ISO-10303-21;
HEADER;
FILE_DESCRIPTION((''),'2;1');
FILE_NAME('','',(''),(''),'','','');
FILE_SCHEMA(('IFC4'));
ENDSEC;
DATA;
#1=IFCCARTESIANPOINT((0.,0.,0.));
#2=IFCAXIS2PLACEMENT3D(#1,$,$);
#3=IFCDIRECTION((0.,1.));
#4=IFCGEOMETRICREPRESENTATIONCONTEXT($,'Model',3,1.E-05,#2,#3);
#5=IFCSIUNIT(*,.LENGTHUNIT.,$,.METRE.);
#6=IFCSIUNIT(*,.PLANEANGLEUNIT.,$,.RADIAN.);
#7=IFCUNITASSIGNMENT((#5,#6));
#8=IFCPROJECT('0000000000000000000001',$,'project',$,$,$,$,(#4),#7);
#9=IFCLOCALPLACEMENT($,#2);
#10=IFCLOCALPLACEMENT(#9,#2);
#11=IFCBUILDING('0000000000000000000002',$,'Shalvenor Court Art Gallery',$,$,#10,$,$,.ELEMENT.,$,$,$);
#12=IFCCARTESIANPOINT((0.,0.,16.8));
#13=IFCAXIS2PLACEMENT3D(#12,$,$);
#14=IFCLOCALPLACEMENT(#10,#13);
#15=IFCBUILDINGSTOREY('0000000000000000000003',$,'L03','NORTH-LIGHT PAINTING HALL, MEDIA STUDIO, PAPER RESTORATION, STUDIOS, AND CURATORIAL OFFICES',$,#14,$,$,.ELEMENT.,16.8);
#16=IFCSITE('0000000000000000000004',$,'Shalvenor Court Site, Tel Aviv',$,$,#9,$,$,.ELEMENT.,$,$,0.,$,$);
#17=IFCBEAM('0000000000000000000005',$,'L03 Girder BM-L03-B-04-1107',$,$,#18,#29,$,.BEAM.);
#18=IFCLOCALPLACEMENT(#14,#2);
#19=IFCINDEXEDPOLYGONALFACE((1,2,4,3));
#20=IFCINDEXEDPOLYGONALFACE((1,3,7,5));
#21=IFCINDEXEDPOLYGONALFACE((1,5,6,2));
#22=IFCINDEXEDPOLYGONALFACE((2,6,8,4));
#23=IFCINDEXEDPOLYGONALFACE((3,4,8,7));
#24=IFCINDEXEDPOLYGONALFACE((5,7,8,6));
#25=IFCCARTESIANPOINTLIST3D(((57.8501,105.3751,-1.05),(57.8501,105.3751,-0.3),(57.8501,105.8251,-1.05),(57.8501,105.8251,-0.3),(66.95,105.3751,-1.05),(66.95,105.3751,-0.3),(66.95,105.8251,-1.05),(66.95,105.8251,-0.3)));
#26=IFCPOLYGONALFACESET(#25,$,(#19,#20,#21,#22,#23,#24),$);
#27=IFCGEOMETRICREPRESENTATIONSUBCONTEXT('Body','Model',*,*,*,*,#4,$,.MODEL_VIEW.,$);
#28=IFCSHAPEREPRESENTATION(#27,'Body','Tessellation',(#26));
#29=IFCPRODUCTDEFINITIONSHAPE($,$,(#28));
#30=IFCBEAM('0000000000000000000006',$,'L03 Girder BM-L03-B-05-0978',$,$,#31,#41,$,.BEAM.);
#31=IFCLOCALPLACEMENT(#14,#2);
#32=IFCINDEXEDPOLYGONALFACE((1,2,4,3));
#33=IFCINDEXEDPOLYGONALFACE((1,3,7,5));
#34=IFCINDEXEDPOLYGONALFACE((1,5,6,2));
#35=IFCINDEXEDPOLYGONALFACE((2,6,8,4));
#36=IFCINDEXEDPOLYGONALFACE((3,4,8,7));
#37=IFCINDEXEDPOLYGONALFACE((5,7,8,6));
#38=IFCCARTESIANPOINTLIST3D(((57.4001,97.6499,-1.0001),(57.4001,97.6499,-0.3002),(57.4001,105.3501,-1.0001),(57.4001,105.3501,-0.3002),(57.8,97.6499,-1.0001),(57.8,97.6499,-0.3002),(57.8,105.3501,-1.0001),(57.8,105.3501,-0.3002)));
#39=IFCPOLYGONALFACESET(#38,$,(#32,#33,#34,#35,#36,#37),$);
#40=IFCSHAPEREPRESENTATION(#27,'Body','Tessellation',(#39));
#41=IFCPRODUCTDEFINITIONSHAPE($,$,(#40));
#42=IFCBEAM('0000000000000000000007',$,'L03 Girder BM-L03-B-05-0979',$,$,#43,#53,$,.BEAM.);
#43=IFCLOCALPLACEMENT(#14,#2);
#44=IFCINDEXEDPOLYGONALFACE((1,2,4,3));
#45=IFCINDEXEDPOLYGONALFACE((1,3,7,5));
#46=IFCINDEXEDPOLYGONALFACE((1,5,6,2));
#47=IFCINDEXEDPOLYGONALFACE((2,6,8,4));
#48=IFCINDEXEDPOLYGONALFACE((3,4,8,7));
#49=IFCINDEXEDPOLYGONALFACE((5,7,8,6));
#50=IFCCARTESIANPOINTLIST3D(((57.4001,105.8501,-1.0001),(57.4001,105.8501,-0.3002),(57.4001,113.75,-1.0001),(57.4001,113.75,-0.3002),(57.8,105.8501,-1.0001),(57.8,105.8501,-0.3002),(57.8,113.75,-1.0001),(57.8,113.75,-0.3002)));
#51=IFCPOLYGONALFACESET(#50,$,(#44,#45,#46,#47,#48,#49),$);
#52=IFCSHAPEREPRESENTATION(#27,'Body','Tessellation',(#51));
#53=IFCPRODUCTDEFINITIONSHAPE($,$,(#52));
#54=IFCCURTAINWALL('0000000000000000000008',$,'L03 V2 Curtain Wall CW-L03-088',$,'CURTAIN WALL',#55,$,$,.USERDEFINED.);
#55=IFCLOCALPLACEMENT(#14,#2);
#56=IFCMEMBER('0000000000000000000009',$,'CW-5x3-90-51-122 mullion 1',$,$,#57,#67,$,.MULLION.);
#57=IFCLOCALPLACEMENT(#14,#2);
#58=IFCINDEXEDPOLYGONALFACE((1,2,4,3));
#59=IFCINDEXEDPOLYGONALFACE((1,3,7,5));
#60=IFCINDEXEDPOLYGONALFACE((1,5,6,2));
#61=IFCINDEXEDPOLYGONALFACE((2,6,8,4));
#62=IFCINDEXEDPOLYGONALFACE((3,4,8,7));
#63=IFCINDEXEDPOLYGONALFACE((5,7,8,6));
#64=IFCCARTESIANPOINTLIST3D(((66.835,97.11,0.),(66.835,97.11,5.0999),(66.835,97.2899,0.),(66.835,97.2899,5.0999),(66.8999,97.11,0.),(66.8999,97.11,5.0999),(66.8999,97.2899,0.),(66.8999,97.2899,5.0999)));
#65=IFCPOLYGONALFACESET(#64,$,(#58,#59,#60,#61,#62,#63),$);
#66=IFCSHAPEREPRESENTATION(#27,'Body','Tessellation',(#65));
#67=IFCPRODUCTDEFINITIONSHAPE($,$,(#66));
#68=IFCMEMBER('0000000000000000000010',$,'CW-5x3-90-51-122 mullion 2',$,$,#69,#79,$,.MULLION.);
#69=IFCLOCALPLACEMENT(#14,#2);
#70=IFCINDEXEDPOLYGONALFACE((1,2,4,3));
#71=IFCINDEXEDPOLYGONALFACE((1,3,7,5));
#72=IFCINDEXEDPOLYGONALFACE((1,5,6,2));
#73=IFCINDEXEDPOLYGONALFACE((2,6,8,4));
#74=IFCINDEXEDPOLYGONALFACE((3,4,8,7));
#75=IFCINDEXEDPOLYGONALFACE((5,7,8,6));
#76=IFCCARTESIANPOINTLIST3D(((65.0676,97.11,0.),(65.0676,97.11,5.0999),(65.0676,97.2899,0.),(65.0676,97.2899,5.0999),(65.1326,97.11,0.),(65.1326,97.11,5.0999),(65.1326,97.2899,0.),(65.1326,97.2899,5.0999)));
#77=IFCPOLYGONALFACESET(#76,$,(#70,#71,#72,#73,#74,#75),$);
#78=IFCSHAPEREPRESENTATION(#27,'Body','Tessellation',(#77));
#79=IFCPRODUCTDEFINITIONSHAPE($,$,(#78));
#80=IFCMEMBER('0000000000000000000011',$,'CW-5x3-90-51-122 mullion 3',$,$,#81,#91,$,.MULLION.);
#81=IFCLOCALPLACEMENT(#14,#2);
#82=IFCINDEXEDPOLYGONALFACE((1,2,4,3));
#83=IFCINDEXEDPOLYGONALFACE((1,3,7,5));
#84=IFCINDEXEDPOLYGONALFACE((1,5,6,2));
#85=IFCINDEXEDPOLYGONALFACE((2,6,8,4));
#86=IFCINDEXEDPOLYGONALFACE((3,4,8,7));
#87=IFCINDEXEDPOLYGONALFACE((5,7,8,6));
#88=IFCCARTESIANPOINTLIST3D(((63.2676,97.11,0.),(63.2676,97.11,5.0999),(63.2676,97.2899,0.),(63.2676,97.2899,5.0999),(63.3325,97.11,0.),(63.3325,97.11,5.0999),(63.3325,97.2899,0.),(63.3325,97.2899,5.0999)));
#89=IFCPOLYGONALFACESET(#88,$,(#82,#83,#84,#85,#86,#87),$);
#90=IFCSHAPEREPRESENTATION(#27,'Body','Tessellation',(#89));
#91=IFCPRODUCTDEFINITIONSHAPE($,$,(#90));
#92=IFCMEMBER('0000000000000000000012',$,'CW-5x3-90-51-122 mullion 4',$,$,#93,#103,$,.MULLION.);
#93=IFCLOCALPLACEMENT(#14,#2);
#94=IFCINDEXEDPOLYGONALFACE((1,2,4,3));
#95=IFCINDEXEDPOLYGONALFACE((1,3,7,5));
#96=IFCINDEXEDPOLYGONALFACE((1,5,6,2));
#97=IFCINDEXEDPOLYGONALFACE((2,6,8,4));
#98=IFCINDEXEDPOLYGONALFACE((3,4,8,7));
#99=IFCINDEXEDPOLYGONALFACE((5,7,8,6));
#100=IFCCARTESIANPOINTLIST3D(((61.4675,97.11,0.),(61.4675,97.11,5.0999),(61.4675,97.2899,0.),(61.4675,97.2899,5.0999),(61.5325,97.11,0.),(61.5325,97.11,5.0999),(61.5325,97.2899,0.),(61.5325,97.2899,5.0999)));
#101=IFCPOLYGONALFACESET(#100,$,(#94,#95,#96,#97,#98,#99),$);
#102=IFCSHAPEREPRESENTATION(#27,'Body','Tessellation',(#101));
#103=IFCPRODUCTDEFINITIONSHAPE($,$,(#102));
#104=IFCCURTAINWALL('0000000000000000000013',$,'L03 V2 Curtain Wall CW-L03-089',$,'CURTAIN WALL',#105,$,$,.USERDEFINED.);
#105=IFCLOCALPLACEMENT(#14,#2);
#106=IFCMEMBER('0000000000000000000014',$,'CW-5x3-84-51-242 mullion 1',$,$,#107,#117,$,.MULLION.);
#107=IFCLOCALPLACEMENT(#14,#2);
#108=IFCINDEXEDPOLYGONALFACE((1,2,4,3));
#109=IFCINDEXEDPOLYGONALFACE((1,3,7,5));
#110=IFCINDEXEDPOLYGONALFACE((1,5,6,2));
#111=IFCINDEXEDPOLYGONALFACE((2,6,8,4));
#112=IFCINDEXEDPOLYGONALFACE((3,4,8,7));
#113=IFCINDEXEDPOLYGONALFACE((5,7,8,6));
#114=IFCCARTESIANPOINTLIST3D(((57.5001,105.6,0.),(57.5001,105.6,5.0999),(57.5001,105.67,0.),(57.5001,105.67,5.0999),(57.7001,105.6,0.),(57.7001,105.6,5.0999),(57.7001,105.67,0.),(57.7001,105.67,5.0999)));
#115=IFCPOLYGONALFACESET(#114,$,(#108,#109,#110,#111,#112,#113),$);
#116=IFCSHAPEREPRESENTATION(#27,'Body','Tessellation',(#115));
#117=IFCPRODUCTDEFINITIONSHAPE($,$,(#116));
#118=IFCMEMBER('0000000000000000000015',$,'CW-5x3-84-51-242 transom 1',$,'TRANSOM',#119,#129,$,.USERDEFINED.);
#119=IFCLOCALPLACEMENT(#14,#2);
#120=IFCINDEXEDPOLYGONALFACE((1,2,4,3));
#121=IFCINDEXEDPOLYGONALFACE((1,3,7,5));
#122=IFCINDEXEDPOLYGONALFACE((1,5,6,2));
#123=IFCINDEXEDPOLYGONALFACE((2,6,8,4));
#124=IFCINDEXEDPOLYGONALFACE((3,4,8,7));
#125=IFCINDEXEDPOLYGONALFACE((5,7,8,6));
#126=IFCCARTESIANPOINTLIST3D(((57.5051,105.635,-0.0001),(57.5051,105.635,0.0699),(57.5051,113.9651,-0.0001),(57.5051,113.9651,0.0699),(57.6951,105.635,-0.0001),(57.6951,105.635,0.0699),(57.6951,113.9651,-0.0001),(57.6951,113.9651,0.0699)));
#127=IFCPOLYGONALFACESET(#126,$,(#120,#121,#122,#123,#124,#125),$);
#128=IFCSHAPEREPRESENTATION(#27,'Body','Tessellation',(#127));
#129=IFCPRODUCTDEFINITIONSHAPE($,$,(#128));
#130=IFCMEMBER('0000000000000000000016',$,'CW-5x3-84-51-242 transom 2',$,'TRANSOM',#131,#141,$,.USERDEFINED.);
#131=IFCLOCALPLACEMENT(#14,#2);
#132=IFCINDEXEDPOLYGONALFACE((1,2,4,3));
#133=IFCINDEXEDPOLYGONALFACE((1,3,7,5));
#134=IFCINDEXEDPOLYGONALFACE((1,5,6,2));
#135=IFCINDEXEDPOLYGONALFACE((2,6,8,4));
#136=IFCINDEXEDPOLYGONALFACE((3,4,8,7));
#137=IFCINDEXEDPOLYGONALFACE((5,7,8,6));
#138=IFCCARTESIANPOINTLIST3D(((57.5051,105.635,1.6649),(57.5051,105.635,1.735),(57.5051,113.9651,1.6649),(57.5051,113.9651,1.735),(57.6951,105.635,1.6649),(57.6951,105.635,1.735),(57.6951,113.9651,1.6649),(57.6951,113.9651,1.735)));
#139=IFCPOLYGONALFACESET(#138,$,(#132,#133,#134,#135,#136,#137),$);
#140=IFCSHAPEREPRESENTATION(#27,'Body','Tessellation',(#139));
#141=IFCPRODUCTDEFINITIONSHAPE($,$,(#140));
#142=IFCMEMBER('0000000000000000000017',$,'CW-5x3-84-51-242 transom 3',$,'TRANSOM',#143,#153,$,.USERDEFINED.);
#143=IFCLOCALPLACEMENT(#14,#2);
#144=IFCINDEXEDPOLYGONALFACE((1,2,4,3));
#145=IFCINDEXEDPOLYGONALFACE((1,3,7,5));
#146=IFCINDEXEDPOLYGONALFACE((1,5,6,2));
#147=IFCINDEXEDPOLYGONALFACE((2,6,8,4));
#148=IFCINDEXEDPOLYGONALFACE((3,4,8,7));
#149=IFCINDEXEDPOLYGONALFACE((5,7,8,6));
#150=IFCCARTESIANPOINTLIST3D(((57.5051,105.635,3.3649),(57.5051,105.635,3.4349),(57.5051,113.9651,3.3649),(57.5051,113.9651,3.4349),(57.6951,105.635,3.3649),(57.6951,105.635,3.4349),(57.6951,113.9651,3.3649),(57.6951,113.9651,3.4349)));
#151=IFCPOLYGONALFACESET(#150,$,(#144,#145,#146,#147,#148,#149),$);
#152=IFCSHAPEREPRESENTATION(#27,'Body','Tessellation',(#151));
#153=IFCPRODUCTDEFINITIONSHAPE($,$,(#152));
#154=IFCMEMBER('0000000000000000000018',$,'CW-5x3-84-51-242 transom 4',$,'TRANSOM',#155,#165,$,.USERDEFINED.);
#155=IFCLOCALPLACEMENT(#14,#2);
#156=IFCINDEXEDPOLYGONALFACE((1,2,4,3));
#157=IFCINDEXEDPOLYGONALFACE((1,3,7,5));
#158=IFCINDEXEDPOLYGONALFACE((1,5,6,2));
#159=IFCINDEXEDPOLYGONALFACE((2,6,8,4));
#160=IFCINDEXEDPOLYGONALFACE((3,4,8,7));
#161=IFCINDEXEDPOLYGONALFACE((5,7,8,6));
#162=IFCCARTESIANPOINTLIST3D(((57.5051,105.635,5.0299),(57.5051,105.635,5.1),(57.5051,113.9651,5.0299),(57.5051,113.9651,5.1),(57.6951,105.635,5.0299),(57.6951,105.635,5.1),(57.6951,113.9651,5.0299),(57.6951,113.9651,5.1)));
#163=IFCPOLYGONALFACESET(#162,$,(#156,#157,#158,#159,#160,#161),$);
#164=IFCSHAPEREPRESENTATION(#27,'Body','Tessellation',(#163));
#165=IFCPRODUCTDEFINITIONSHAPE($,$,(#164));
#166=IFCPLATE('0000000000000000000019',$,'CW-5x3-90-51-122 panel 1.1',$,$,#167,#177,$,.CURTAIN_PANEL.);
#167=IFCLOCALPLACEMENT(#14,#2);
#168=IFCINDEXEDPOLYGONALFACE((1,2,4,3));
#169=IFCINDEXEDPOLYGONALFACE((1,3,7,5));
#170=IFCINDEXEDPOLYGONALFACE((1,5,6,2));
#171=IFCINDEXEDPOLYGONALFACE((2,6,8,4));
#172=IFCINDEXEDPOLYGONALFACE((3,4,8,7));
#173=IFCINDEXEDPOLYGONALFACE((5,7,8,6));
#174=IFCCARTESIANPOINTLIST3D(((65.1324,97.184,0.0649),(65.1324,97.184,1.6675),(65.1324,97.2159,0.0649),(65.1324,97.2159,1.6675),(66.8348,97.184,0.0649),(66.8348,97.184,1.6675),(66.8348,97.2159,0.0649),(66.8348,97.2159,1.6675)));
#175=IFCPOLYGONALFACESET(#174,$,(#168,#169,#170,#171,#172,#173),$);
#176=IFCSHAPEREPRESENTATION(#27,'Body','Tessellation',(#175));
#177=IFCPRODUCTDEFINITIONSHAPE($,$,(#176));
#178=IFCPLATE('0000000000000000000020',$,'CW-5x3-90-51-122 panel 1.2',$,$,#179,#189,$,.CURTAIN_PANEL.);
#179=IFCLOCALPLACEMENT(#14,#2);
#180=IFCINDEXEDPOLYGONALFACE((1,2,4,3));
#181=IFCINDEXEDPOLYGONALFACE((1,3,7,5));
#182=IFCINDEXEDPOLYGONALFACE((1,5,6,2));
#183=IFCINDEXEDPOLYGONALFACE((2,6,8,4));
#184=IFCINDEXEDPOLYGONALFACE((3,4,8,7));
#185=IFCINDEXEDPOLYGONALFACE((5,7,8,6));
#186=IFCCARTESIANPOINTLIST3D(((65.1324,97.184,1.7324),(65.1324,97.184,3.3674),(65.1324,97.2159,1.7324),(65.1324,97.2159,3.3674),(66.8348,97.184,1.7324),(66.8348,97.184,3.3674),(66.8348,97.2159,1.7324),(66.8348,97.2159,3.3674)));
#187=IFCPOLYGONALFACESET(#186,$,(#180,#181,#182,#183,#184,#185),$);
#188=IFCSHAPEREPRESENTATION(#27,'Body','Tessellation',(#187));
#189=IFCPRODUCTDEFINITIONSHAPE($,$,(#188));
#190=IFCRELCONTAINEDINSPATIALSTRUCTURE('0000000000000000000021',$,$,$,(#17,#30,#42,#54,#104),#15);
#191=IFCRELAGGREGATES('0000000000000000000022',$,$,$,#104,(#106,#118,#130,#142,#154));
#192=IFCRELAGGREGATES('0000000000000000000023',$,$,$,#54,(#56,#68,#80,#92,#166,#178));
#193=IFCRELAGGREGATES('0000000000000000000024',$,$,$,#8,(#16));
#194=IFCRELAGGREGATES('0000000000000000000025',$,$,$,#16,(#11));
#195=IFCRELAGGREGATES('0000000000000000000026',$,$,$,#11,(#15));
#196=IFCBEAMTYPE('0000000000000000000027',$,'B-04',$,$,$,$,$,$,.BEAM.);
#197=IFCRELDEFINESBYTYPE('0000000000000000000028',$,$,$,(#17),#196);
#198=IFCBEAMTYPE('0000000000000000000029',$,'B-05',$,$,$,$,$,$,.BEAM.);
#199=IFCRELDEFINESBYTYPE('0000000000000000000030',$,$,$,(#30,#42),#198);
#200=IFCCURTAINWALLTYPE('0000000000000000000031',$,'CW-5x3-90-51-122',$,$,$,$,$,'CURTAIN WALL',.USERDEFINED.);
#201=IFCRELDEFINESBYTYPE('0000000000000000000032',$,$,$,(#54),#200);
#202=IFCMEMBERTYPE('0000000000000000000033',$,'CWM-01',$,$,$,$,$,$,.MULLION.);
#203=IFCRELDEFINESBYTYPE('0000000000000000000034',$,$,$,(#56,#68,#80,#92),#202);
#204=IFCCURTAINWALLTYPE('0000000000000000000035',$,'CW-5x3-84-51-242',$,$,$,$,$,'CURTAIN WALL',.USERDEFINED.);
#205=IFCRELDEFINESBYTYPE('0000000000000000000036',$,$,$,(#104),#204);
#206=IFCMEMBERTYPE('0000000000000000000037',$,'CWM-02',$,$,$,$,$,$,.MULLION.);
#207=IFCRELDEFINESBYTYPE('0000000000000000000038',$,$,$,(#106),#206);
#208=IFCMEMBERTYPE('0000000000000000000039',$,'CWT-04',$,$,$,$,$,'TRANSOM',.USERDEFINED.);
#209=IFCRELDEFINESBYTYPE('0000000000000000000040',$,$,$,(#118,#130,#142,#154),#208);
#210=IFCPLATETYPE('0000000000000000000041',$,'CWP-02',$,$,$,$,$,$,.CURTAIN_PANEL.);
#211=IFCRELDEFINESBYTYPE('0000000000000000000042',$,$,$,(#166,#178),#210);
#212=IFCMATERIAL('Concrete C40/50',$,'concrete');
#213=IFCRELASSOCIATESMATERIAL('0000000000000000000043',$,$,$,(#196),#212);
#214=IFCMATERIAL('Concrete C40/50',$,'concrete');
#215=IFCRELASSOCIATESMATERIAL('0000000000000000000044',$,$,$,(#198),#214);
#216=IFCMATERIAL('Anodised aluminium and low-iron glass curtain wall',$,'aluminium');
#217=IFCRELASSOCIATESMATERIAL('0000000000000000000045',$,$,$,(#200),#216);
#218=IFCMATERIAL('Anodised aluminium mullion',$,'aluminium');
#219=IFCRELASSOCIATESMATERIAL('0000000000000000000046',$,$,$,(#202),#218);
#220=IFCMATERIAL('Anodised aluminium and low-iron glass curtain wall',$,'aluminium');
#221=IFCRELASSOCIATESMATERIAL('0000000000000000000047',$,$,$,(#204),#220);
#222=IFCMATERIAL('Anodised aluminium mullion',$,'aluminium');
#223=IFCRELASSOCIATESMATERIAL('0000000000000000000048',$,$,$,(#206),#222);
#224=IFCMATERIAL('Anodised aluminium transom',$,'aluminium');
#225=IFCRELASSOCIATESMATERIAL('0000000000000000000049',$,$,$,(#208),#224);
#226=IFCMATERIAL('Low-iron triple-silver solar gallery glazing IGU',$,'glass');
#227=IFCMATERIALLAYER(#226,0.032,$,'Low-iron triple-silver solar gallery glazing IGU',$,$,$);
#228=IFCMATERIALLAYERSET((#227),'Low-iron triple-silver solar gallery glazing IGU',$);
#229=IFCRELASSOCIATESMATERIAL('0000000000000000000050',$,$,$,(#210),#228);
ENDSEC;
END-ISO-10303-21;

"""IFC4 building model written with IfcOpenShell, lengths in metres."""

from ifc_helpers import new_model, si_unit, direction, frame, origin, origin_2d, place, context, subcontext, project, spatial, rectangle, extrude, material, layer, layer_set, material_profile, profile_set, type_object, element, aggregate, save


model = new_model("IFC4")

# Units and contexts
model_context = context("Model", 3, precision=1e-05, world=origin(), true_north=direction((0.0, 1.0)))
body_context = subcontext(model_context, "Body", "Model", "MODEL_VIEW")
ifc_project = project(units=[si_unit("LENGTHUNIT", "METRE"), si_unit("PLANEANGLEUNIT", "RADIAN")], contexts=[model_context])

# Site, building, storey
site_placement = place(None, origin())
site = spatial("IfcSite", under=ifc_project, at=site_placement, Name="Shalvenor Court Site, Tel Aviv", CompositionType="ELEMENT", RefElevation=0.0)
building_placement = place(site_placement, origin())
building = spatial("IfcBuilding", under=site, at=building_placement, Name="Shalvenor Court Art Gallery", CompositionType="ELEMENT")
storey_placement = place(building_placement, frame((0.0, 0.0, 16.8)))
storey = spatial("IfcBuildingStorey", under=building, at=storey_placement, Name="L03", Description="NORTH-LIGHT PAINTING HALL, MEDIA STUDIO, PAPER RESTORATION, STUDIOS, AND CURATORIAL OFFICES", CompositionType="ELEMENT", Elevation=16.8)

# Beams
ifc_material_1 = material(Name="Concrete C40/50", Category="concrete")
ifc_material_profile_1 = material_profile(ifc_material_1, rectangle(XDim=0.45, YDim=0.75, at=origin_2d()), Name="RC 450x750")
ifc_profile_set_1 = profile_set([ifc_material_profile_1], Name="Concrete C40/50")
beam_type_1 = type_object("IfcBeamType", Name="B-04", PredefinedType="BEAM", material=ifc_profile_set_1)
beam_1_placement = place(storey_placement, frame((57.8501, 105.6001, -0.675), z_axis=(1.0, 0.0, 0.0), x_axis=(0.0, 1.0, 0.0)))
element("IfcBeam", 1, at=beam_1_placement, inside=storey, type_object=beam_type_1, Name="L03 Girder BM-L03-B-04-1107", PredefinedType="BEAM", context=body_context, shape_type="SweptSolid", body=[
    extrude(rectangle(XDim=0.45, YDim=0.75, at=origin_2d()), origin(), (0.0, 0.0, 1.0), 9.0999),
])
ifc_material_2 = material(Name="Concrete C40/50", Category="concrete")
ifc_material_profile_2 = material_profile(ifc_material_2, rectangle(XDim=0.3999, YDim=0.7, at=origin_2d()), Name="RC 400x700")
ifc_profile_set_2 = profile_set([ifc_material_profile_2], Name="Concrete C40/50")
beam_type_2 = type_object("IfcBeamType", Name="B-05", PredefinedType="BEAM", material=ifc_profile_set_2)
beam_2_placement = place(storey_placement, frame((57.6001, 97.6499, -0.6501), z_axis=(0.0, 1.0, 0.0), x_axis=(-1.0, 0.0, 0.0)))
element("IfcBeam", 2, at=beam_2_placement, inside=storey, type_object=beam_type_2, Name="L03 Girder BM-L03-B-05-0978", PredefinedType="BEAM", context=body_context, shape_type="SweptSolid", body=[
    extrude(rectangle(XDim=0.3999, YDim=0.7, at=origin_2d()), origin(), (0.0, 0.0, 1.0), 7.7002),
])
beam_3_placement = place(storey_placement, frame((57.6001, 105.8501, -0.6501), z_axis=(0.0, 1.0, 0.0), x_axis=(-1.0, 0.0, 0.0)))
element("IfcBeam", 3, at=beam_3_placement, inside=storey, type_object=beam_type_2, Name="L03 Girder BM-L03-B-05-0979", PredefinedType="BEAM", context=body_context, shape_type="SweptSolid", body=[
    extrude(rectangle(XDim=0.3999, YDim=0.7, at=origin_2d()), origin(), (0.0, 0.0, 1.0), 7.8999),
])

# Curtain walls, members
ifc_material_3 = material(Name="Anodised aluminium and low-iron glass curtain wall", Category="aluminium")
curtain_wall_type_1 = type_object("IfcCurtainWallType", Name="CW-5x3-90-51-122", ElementType="CURTAIN WALL", PredefinedType="USERDEFINED", material=ifc_material_3)
curtain_wall_1_placement = place(storey_placement, origin())
curtain_wall_1 = element("IfcCurtainWall", 4, at=curtain_wall_1_placement, inside=storey, type_object=curtain_wall_type_1, Name="L03 V2 Curtain Wall CW-L03-088", ObjectType="CURTAIN WALL", PredefinedType="USERDEFINED")
ifc_material_4 = material(Name="Anodised aluminium mullion", Category="aluminium")
ifc_material_profile_3 = material_profile(ifc_material_4, rectangle(XDim=0.0649, YDim=0.1799, at=origin_2d()), Name="CWM-01")
ifc_profile_set_3 = profile_set([ifc_material_profile_3], Name="Anodised aluminium mullion")
member_type_1 = type_object("IfcMemberType", Name="CWM-01", PredefinedType="MULLION", material=ifc_profile_set_3)
member_1_placement = place(storey_placement, frame((66.8674, 97.2, 0.0), z_axis=(0.0, 0.0, 1.0), x_axis=(-1.0, 0.0, 0.0)))
member_1 = element("IfcMember", 5, at=member_1_placement, type_object=member_type_1, Name="CW-5x3-90-51-122 mullion 1", PredefinedType="MULLION", context=body_context, shape_type="SweptSolid", body=[
    extrude(rectangle(XDim=0.0649, YDim=0.1799, at=origin_2d()), origin(), (0.0, 0.0, 1.0), 5.0999),
])
member_2_placement = place(storey_placement, frame((65.1001, 97.2, 0.0), z_axis=(0.0, 0.0, 1.0), x_axis=(-1.0, 0.0, 0.0)))
member_2 = element("IfcMember", 6, at=member_2_placement, type_object=member_type_1, Name="CW-5x3-90-51-122 mullion 2", PredefinedType="MULLION", context=body_context, shape_type="SweptSolid", body=[
    extrude(rectangle(XDim=0.0649, YDim=0.1799, at=origin_2d()), origin(), (0.0, 0.0, 1.0), 5.0999),
])
member_3_placement = place(storey_placement, frame((63.3, 97.2, 0.0), z_axis=(0.0, 0.0, 1.0), x_axis=(-1.0, 0.0, 0.0)))
member_3 = element("IfcMember", 7, at=member_3_placement, type_object=member_type_1, Name="CW-5x3-90-51-122 mullion 3", PredefinedType="MULLION", context=body_context, shape_type="SweptSolid", body=[
    extrude(rectangle(XDim=0.0649, YDim=0.1799, at=origin_2d()), origin(), (0.0, 0.0, 1.0), 5.0999),
])
member_4_placement = place(storey_placement, frame((61.5, 97.2, 0.0), z_axis=(0.0, 0.0, 1.0), x_axis=(-1.0, 0.0, 0.0)))
member_4 = element("IfcMember", 8, at=member_4_placement, type_object=member_type_1, Name="CW-5x3-90-51-122 mullion 4", PredefinedType="MULLION", context=body_context, shape_type="SweptSolid", body=[
    extrude(rectangle(XDim=0.0649, YDim=0.1799, at=origin_2d()), origin(), (0.0, 0.0, 1.0), 5.0999),
])
ifc_material_5 = material(Name="Anodised aluminium and low-iron glass curtain wall", Category="aluminium")
curtain_wall_type_2 = type_object("IfcCurtainWallType", Name="CW-5x3-84-51-242", ElementType="CURTAIN WALL", PredefinedType="USERDEFINED", material=ifc_material_5)
curtain_wall_2_placement = place(storey_placement, origin())
curtain_wall_2 = element("IfcCurtainWall", 9, at=curtain_wall_2_placement, inside=storey, type_object=curtain_wall_type_2, Name="L03 V2 Curtain Wall CW-L03-089", ObjectType="CURTAIN WALL", PredefinedType="USERDEFINED")
ifc_material_6 = material(Name="Anodised aluminium mullion", Category="aluminium")
ifc_material_profile_4 = material_profile(ifc_material_6, rectangle(XDim=0.0701, YDim=0.2, at=origin_2d()), Name="CWM-02")
ifc_profile_set_4 = profile_set([ifc_material_profile_4], Name="Anodised aluminium mullion")
member_type_2 = type_object("IfcMemberType", Name="CWM-02", PredefinedType="MULLION", material=ifc_profile_set_4)
member_5_placement = place(storey_placement, frame((57.6001, 105.635, 0.0), z_axis=(0.0, 0.0, 1.0), x_axis=(0.0, 1.0, 0.0)))
member_5 = element("IfcMember", 10, at=member_5_placement, type_object=member_type_2, Name="CW-5x3-84-51-242 mullion 1", PredefinedType="MULLION", context=body_context, shape_type="SweptSolid", body=[
    extrude(rectangle(XDim=0.0701, YDim=0.2, at=origin_2d()), origin(), (0.0, 0.0, 1.0), 5.0999),
])
ifc_material_7 = material(Name="Anodised aluminium transom", Category="aluminium")
ifc_material_profile_5 = material_profile(ifc_material_7, rectangle(XDim=0.1899, YDim=0.0701, at=origin_2d()), Name="CWT-04")
ifc_profile_set_5 = profile_set([ifc_material_profile_5], Name="Anodised aluminium transom")
member_type_3 = type_object("IfcMemberType", Name="CWT-04", ElementType="TRANSOM", PredefinedType="USERDEFINED", material=ifc_profile_set_5)
member_6_placement = place(storey_placement, frame((57.6001, 105.635, 0.0349), z_axis=(0.0, 1.0, 0.0), x_axis=(-1.0, 0.0, 0.0)))
member_6 = element("IfcMember", 11, at=member_6_placement, type_object=member_type_3, Name="CW-5x3-84-51-242 transom 1", ObjectType="TRANSOM", PredefinedType="USERDEFINED", context=body_context, shape_type="SweptSolid", body=[
    extrude(rectangle(XDim=0.1899, YDim=0.0701, at=origin_2d()), origin(), (0.0, 0.0, 1.0), 8.3301),
])
member_7_placement = place(storey_placement, frame((57.6001, 105.635, 1.7), z_axis=(0.0, 1.0, 0.0), x_axis=(-1.0, 0.0, 0.0)))
member_7 = element("IfcMember", 12, at=member_7_placement, type_object=member_type_3, Name="CW-5x3-84-51-242 transom 2", ObjectType="TRANSOM", PredefinedType="USERDEFINED", context=body_context, shape_type="SweptSolid", body=[
    extrude(rectangle(XDim=0.1899, YDim=0.0701, at=origin_2d()), origin(), (0.0, 0.0, 1.0), 8.3301),
])
member_8_placement = place(storey_placement, frame((57.6001, 105.635, 3.3999), z_axis=(0.0, 1.0, 0.0), x_axis=(-1.0, 0.0, 0.0)))
member_8 = element("IfcMember", 13, at=member_8_placement, type_object=member_type_3, Name="CW-5x3-84-51-242 transom 3", ObjectType="TRANSOM", PredefinedType="USERDEFINED", context=body_context, shape_type="SweptSolid", body=[
    extrude(rectangle(XDim=0.1899, YDim=0.0701, at=origin_2d()), origin(), (0.0, 0.0, 1.0), 8.3301),
])
member_9_placement = place(storey_placement, frame((57.6001, 105.635, 5.0649), z_axis=(0.0, 1.0, 0.0), x_axis=(-1.0, 0.0, 0.0)))
member_9 = element("IfcMember", 14, at=member_9_placement, type_object=member_type_3, Name="CW-5x3-84-51-242 transom 4", ObjectType="TRANSOM", PredefinedType="USERDEFINED", context=body_context, shape_type="SweptSolid", body=[
    extrude(rectangle(XDim=0.1899, YDim=0.0701, at=origin_2d()), origin(), (0.0, 0.0, 1.0), 8.3301),
])
aggregate(curtain_wall_2, [member_5, member_6, member_7, member_8, member_9])

# Plates
ifc_material_8 = material(Name="Low-iron triple-silver solar gallery glazing IGU", Category="glass")
ifc_layer_1 = layer(ifc_material_8, 0.032, Name="Low-iron triple-silver solar gallery glazing IGU")
ifc_layer_set_1 = layer_set([ifc_layer_1], Name="Low-iron triple-silver solar gallery glazing IGU")
plate_type = type_object("IfcPlateType", Name="CWP-02", PredefinedType="CURTAIN_PANEL", material=ifc_layer_set_1)
plate_1_placement = place(storey_placement, frame((65.9836, 97.2, 0.0649), z_axis=(0.0, 0.0, 1.0), x_axis=(-1.0, 0.0, 0.0)))
plate_1 = element("IfcPlate", 15, at=plate_1_placement, type_object=plate_type, Name="CW-5x3-90-51-122 panel 1.1", PredefinedType="CURTAIN_PANEL", context=body_context, shape_type="SweptSolid", body=[
    extrude(rectangle(XDim=1.7024, YDim=0.032, at=origin_2d()), origin(), (0.0, 0.0, 1.0), 1.6025),
])
plate_2_placement = place(storey_placement, frame((65.9836, 97.2, 1.7324), z_axis=(0.0, 0.0, 1.0), x_axis=(-1.0, 0.0, 0.0)))
plate_2 = element("IfcPlate", 16, at=plate_2_placement, type_object=plate_type, Name="CW-5x3-90-51-122 panel 1.2", PredefinedType="CURTAIN_PANEL", context=body_context, shape_type="SweptSolid", body=[
    extrude(rectangle(XDim=1.7024, YDim=0.032, at=origin_2d()), origin(), (0.0, 0.0, 1.0), 1.635),
])
aggregate(curtain_wall_1, [member_1, member_2, member_3, member_4, plate_1, plate_2])

save(model, "model.ifc")
